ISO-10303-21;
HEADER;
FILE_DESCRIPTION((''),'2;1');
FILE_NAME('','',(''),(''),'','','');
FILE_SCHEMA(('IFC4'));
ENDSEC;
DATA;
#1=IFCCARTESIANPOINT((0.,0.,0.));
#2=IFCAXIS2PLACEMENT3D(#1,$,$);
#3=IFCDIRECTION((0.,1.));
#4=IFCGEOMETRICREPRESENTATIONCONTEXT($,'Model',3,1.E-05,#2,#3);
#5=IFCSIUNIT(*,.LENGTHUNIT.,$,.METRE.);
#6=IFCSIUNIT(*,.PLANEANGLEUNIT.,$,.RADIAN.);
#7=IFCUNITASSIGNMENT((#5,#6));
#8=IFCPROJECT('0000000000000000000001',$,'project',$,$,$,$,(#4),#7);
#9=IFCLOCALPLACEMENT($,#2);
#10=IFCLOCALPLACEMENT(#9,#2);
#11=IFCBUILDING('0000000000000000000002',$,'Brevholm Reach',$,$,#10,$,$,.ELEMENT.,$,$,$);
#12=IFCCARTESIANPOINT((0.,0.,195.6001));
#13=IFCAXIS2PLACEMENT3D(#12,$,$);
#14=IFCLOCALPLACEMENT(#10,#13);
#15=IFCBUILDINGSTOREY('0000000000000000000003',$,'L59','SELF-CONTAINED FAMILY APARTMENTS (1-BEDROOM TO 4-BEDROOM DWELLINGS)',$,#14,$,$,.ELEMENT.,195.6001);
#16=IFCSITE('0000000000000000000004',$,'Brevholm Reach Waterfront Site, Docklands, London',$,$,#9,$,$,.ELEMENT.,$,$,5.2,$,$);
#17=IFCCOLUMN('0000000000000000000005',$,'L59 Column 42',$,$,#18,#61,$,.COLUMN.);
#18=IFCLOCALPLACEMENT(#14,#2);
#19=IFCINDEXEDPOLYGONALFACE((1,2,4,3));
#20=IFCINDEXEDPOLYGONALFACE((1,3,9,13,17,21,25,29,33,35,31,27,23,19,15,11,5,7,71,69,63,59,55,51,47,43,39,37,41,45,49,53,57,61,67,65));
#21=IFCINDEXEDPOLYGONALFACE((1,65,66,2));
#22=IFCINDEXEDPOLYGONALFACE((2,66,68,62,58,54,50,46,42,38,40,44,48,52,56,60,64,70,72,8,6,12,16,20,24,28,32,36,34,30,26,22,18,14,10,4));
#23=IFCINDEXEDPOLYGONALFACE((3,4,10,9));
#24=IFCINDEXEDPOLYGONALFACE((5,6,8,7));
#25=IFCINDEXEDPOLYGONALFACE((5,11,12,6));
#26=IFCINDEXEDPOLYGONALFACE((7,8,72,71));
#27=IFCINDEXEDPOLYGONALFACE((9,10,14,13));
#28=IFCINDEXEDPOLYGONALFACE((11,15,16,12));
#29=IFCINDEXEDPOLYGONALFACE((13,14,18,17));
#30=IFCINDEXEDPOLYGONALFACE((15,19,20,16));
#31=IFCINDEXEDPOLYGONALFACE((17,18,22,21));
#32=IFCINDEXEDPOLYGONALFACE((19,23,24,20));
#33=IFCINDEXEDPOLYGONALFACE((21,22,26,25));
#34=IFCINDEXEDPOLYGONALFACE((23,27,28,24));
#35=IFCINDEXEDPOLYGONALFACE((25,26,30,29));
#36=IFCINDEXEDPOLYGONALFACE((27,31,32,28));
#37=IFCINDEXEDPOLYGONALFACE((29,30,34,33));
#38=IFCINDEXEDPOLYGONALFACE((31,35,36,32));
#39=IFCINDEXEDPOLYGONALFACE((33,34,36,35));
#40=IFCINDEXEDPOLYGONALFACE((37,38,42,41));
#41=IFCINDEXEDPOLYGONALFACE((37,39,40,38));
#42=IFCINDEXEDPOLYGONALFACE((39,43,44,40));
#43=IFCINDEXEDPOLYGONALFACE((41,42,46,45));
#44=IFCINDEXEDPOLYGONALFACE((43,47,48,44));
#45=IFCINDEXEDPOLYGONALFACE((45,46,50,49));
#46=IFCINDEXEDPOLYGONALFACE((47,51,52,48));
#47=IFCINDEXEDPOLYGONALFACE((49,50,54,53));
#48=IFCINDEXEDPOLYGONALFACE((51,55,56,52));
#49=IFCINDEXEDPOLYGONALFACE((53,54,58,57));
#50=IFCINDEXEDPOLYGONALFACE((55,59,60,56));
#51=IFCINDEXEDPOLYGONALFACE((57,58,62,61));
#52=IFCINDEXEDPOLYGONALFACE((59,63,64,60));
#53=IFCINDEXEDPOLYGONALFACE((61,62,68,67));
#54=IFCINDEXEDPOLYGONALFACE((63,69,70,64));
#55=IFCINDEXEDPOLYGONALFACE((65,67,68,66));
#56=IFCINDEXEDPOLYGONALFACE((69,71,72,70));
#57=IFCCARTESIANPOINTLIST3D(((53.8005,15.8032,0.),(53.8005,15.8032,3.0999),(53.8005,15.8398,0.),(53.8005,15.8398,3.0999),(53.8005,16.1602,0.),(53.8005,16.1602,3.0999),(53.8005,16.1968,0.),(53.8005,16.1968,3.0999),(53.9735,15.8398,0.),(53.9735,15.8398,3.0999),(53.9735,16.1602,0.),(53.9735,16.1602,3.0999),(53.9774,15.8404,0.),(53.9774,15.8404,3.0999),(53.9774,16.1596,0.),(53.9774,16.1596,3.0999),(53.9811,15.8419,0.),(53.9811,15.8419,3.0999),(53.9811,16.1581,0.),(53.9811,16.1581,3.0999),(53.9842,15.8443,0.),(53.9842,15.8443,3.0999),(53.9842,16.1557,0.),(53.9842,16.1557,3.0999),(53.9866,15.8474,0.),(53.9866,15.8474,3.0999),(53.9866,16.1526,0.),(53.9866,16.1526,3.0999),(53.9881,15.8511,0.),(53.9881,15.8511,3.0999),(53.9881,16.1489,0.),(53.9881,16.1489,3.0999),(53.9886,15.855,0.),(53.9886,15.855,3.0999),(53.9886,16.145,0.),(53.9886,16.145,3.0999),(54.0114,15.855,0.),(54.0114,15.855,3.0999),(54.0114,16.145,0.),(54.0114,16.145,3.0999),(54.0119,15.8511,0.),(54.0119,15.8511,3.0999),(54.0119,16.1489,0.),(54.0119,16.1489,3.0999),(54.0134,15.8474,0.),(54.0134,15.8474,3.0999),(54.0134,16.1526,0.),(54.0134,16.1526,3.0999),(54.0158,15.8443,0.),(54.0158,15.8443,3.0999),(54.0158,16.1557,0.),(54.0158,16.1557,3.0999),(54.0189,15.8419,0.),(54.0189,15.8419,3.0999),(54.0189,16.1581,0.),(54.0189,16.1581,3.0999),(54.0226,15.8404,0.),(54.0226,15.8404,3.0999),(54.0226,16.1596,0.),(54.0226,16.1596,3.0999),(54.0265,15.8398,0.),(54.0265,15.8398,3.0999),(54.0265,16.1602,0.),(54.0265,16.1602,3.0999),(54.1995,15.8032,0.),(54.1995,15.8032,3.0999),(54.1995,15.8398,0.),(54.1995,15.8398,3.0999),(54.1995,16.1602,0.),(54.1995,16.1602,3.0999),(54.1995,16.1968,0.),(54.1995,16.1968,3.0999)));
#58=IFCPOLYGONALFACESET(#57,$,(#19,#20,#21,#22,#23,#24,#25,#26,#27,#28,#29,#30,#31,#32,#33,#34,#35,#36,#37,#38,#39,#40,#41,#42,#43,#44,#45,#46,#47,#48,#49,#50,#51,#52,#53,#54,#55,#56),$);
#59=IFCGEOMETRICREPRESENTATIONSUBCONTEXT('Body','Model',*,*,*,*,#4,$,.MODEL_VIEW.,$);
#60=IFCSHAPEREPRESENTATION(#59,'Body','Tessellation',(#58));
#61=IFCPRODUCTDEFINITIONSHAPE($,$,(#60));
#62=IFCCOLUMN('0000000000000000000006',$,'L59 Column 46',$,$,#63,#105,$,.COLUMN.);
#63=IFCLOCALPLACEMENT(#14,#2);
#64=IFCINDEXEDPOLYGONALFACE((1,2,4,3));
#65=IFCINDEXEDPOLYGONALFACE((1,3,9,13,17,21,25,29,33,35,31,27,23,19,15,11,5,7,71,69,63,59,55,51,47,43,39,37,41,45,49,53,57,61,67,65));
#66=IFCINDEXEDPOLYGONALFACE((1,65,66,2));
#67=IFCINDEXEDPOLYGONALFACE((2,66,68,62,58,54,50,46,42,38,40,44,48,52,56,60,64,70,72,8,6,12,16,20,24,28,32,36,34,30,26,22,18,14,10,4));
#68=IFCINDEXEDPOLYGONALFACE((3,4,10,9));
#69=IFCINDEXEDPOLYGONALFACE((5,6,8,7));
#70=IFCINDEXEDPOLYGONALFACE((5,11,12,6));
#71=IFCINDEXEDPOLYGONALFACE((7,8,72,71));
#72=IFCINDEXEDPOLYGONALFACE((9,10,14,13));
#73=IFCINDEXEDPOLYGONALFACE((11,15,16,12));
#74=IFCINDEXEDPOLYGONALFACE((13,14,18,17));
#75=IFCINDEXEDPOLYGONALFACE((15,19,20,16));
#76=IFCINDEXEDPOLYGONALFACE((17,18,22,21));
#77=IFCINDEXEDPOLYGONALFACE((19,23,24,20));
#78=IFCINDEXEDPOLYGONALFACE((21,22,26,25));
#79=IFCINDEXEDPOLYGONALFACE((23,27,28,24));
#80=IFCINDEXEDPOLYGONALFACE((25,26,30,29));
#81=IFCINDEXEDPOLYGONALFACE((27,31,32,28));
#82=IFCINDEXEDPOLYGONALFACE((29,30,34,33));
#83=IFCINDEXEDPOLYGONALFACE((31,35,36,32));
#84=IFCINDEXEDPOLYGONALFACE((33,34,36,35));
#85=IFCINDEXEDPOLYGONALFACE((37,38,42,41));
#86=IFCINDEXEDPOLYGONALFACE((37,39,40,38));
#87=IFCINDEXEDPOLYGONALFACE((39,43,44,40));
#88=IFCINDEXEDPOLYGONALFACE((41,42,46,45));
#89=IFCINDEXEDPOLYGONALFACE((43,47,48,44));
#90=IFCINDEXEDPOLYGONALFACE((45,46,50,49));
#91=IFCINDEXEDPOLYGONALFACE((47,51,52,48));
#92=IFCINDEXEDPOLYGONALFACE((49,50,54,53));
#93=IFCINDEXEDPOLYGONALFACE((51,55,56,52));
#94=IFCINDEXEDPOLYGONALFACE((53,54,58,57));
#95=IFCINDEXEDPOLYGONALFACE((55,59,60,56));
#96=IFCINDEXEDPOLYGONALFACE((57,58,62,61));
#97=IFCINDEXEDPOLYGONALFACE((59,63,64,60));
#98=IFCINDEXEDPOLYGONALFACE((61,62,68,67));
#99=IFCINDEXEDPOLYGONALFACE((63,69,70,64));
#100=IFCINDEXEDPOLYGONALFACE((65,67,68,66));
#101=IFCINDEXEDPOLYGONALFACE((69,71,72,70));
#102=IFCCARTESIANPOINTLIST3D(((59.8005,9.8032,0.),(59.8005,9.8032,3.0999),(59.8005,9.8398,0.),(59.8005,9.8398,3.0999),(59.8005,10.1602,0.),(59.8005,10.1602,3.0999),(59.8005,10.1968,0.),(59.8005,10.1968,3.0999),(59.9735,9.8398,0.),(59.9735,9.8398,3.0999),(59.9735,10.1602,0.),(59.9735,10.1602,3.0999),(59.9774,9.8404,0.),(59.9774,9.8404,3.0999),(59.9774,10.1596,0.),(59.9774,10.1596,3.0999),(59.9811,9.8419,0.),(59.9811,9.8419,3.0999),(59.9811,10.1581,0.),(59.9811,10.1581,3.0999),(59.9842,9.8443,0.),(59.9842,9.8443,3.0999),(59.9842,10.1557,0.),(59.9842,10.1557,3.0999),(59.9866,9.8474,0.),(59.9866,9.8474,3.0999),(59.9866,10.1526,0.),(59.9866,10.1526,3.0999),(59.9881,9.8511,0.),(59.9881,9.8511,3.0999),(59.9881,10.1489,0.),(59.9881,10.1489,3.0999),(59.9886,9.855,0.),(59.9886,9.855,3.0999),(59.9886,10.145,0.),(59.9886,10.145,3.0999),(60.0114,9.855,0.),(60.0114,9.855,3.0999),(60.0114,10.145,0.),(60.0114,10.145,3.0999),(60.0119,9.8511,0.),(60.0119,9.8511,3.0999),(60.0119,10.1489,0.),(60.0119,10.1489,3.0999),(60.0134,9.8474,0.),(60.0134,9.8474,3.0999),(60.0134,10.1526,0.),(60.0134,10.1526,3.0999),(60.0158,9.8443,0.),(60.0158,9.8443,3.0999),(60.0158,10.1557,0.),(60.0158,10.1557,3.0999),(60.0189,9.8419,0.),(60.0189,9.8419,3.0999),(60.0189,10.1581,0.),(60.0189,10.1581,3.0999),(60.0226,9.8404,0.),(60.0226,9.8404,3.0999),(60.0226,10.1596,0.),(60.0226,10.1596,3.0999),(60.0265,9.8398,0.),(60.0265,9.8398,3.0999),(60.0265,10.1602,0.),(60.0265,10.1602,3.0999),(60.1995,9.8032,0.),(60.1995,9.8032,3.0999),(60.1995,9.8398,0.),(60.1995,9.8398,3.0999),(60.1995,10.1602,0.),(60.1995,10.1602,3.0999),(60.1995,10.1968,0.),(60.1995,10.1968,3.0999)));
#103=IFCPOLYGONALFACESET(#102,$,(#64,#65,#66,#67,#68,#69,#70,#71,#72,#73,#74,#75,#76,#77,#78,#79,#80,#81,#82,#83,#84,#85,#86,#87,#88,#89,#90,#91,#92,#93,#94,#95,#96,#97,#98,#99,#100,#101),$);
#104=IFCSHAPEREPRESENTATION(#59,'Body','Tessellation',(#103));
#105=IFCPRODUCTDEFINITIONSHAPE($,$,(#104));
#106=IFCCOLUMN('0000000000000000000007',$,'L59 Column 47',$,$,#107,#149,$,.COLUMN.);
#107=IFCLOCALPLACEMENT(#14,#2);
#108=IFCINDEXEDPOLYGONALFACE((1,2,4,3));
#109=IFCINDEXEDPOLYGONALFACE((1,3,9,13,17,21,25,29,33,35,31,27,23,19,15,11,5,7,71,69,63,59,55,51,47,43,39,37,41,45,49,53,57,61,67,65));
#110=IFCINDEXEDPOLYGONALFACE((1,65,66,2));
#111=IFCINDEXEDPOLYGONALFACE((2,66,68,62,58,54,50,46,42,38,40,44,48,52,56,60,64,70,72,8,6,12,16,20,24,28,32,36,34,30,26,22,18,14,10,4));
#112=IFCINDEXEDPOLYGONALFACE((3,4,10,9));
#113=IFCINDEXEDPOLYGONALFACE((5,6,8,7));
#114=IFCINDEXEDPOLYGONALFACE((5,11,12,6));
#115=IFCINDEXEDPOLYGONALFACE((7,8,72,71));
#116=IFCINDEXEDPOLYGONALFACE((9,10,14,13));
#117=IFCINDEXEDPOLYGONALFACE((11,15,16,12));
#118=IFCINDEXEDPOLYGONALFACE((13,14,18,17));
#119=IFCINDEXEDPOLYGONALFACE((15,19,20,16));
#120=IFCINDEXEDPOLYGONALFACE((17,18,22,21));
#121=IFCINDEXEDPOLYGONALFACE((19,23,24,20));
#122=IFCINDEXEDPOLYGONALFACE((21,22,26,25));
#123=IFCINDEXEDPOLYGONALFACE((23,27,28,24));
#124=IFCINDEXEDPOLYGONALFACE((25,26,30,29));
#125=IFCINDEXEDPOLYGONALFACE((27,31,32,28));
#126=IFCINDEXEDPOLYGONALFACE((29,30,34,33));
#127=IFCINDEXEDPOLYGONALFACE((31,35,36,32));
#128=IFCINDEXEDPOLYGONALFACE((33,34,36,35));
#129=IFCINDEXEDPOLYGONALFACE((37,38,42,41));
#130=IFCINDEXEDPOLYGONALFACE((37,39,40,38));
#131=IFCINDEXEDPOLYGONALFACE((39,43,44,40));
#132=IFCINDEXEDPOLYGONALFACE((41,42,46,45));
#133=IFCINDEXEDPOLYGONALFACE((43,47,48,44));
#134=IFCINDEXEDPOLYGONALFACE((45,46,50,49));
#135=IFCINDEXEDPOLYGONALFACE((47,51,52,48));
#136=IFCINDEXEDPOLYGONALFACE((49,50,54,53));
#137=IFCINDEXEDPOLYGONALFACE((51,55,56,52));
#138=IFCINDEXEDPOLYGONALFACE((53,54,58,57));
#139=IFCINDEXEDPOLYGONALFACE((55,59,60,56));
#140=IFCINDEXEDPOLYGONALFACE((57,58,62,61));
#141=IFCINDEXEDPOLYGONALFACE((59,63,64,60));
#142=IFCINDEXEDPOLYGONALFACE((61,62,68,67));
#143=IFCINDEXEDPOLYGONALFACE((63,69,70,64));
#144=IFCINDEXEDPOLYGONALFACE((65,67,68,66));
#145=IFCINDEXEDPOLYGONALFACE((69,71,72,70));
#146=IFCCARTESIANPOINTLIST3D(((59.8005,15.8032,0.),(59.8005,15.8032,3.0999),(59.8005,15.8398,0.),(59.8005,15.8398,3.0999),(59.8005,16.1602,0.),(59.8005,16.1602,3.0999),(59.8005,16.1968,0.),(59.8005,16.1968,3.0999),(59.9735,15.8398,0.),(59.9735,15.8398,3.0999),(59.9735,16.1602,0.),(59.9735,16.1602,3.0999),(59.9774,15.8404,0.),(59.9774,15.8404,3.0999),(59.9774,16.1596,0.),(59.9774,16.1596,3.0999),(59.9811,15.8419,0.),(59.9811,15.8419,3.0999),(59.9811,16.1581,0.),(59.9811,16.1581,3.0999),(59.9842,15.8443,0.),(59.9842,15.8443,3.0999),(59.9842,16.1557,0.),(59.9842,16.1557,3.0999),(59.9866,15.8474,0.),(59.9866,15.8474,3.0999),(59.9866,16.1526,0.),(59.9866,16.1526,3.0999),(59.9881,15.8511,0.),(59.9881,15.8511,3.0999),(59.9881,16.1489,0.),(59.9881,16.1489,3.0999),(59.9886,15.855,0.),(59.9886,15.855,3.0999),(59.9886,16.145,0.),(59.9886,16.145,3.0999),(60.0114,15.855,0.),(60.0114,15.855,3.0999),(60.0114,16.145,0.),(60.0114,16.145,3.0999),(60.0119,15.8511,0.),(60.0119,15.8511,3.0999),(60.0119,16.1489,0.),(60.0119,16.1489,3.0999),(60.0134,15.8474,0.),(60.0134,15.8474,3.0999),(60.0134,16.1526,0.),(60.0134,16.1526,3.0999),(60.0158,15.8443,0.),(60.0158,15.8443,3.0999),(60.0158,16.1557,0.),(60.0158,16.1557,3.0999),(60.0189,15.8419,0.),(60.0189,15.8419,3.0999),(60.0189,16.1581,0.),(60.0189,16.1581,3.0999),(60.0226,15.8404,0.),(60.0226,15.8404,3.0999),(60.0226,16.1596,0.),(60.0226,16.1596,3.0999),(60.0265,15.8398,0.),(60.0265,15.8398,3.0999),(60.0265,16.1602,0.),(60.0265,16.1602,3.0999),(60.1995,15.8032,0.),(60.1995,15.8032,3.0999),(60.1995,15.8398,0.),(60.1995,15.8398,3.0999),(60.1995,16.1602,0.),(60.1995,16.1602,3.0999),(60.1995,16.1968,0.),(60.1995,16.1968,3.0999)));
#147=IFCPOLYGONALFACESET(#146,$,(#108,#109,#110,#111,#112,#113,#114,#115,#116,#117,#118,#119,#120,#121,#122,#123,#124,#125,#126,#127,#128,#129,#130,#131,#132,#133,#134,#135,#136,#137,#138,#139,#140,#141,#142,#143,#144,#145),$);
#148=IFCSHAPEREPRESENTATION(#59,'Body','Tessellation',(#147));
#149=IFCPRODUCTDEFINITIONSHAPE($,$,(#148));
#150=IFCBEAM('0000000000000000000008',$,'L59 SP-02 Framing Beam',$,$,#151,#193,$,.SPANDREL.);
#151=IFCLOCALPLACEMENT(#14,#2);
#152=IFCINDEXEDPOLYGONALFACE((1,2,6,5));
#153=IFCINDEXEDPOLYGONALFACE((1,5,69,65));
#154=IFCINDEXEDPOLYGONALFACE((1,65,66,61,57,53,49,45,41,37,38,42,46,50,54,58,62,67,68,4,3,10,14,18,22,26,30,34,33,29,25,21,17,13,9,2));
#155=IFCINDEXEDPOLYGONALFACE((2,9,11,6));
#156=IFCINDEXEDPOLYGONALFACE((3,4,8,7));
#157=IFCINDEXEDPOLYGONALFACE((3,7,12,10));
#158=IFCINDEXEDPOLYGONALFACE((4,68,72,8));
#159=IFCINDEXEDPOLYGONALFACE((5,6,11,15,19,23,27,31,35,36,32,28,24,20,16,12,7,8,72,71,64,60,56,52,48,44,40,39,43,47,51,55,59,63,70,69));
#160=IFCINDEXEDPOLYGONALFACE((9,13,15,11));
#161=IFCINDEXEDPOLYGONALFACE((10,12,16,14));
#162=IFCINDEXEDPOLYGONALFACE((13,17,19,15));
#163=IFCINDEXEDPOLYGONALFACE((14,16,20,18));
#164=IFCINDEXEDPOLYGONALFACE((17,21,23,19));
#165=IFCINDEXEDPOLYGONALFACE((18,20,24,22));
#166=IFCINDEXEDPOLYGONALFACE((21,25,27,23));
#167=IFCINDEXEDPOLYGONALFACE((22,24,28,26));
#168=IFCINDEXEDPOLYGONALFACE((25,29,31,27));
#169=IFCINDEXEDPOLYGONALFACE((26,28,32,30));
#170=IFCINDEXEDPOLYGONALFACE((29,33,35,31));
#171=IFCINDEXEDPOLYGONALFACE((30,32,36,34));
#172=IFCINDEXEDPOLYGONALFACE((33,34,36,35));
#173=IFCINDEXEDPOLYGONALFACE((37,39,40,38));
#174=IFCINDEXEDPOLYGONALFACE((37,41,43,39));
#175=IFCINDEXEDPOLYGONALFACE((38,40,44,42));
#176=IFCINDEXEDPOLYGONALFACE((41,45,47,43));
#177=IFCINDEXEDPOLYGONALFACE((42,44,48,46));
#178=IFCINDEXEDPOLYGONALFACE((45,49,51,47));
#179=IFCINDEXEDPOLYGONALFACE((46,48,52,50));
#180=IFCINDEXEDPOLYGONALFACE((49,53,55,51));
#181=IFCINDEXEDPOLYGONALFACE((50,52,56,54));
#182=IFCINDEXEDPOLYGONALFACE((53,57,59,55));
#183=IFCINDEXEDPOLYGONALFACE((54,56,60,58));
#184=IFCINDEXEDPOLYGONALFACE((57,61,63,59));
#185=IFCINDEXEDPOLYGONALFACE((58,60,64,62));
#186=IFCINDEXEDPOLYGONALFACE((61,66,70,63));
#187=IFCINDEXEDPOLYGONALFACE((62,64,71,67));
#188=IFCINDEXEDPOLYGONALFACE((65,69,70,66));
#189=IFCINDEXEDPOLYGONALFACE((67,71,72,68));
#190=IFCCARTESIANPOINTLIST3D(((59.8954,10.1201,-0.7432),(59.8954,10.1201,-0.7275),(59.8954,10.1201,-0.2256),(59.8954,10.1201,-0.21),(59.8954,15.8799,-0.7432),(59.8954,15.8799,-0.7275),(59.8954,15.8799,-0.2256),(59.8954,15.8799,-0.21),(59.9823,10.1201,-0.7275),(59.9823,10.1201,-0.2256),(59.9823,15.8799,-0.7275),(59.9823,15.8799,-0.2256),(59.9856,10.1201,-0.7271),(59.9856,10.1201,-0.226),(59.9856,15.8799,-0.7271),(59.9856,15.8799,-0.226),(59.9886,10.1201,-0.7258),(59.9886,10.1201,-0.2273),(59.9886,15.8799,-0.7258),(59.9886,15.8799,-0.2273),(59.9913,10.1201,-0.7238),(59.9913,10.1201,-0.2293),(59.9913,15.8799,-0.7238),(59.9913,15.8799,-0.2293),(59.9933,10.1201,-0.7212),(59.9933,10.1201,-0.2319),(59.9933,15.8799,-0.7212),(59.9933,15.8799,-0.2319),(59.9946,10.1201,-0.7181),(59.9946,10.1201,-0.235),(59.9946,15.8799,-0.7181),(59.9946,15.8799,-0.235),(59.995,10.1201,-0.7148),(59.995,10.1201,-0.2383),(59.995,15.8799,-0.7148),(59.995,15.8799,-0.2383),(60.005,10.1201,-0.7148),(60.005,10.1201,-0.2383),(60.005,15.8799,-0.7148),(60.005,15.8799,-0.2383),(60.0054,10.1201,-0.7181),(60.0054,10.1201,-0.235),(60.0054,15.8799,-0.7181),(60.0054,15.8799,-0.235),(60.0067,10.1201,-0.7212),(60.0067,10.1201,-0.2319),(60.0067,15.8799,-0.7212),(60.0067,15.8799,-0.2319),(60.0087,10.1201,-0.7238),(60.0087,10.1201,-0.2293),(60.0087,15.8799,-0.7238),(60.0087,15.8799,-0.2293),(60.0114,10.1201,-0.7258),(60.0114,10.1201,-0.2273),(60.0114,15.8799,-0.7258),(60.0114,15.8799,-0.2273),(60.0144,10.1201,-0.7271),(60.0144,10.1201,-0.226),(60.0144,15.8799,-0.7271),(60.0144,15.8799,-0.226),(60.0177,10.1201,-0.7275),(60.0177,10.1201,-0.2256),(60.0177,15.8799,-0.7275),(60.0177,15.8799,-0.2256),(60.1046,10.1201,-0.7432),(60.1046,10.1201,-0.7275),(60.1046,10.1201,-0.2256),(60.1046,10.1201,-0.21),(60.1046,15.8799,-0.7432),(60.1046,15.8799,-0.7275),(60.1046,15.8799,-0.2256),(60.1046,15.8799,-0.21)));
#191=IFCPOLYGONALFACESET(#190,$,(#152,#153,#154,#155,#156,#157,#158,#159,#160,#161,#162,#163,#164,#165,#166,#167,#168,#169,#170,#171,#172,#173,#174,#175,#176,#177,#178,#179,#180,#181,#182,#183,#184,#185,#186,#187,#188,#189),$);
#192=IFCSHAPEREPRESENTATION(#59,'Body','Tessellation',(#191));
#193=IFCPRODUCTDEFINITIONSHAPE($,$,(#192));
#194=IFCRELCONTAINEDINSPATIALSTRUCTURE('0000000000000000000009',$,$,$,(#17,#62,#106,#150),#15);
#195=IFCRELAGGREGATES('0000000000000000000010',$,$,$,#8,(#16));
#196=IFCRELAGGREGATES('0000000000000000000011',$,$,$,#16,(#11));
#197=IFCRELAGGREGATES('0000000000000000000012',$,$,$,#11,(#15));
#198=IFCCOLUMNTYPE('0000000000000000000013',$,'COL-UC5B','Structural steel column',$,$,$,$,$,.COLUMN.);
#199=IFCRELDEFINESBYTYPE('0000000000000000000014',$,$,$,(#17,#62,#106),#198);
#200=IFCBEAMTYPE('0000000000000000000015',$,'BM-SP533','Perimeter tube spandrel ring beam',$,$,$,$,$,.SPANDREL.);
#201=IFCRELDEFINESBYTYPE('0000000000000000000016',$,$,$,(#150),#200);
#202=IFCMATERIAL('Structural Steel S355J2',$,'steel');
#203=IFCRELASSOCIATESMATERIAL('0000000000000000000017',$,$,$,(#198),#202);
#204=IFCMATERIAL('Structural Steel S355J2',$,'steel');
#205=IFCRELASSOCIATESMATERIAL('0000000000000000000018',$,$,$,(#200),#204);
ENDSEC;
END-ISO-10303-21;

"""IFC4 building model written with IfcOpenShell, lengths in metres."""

from ifc_helpers import new_model, si_unit, direction, frame, origin, origin_2d, place, context, subcontext, project, spatial, i_section, extrude, material, material_profile, profile_set, type_object, element, save


model = new_model("IFC4")

# Units and contexts
model_context = context("Model", 3, precision=1e-05, world=origin(), true_north=direction((0.0, 1.0)))
body_context = subcontext(model_context, "Body", "Model", "MODEL_VIEW")
ifc_project = project(units=[si_unit("LENGTHUNIT", "METRE"), si_unit("PLANEANGLEUNIT", "RADIAN")], contexts=[model_context])

# Site, building, storey
site_placement = place(None, origin())
site = spatial("IfcSite", under=ifc_project, at=site_placement, Name="Brevholm Reach Waterfront Site, Docklands, London", CompositionType="ELEMENT", RefElevation=5.2)
building_placement = place(site_placement, origin())
building = spatial("IfcBuilding", under=site, at=building_placement, Name="Brevholm Reach", CompositionType="ELEMENT")
storey_placement = place(building_placement, frame((0.0, 0.0, 195.6001)))
storey = spatial("IfcBuildingStorey", under=building, at=storey_placement, Name="L59", Description="SELF-CONTAINED FAMILY APARTMENTS (1-BEDROOM TO 4-BEDROOM DWELLINGS)", CompositionType="ELEMENT", Elevation=195.6001)

# Columns
ifc_material_1 = material(Name="Structural Steel S355J2", Category="steel")
ifc_material_profile_1 = material_profile(ifc_material_1, i_section(OverallWidth=0.3989, OverallDepth=0.3936, WebThickness=0.0227, FlangeThickness=0.0366, FilletRadius=0.0151, at=origin_2d()), Name="UKC 356x406x287")
ifc_profile_set_1 = profile_set([ifc_material_profile_1], Name="Structural Steel S355J2")
column_type = type_object("IfcColumnType", Name="COL-UC5B", Description="Structural steel column", PredefinedType="COLUMN", material=ifc_profile_set_1)
for number, where, z_axis, x_axis, name in (
    (1, (54.0, 16.0, 0.0), (0.0, 0.0, 1.0), (1.0, 0.0, 0.0), "L59 Column 42"),
    (2, (60.0, 10.0, 0.0), (0.0, 0.0, 1.0), (1.0, 0.0, 0.0), "L59 Column 46"),
    (3, (60.0, 16.0, 0.0), (0.0, 0.0, 1.0), (1.0, 0.0, 0.0), "L59 Column 47"),
):
    element("IfcColumn", number, at=place(storey_placement, frame(where, z_axis=z_axis, x_axis=x_axis)), inside=storey, type_object=column_type, Name=name, PredefinedType="COLUMN", context=body_context, shape_type="SweptSolid", body=[
        extrude(i_section(OverallWidth=0.3989, OverallDepth=0.3936, WebThickness=0.0227, FlangeThickness=0.0366, FilletRadius=0.0151, at=origin_2d()), origin(), (0.0, 0.0, 1.0), 3.0999),
    ])

# Beam
ifc_material_2 = material(Name="Structural Steel S355J2", Category="steel")
ifc_material_profile_2 = material_profile(ifc_material_2, i_section(OverallWidth=0.2092, OverallDepth=0.5332, WebThickness=0.01, FlangeThickness=0.0156, FilletRadius=0.0127, at=origin_2d()), Name="UKB 533x210x92")
ifc_profile_set_2 = profile_set([ifc_material_profile_2], Name="Structural Steel S355J2")
beam_type_1 = type_object("IfcBeamType", Name="BM-SP533", Description="Perimeter tube spandrel ring beam", PredefinedType="SPANDREL", material=ifc_profile_set_2)
beam_1_placement = place(storey_placement, frame((60.0, 10.1201, -0.4766), z_axis=(0.0, 1.0, 0.0), x_axis=(-1.0, 0.0, 0.0)))
element("IfcBeam", 4, at=beam_1_placement, inside=storey, type_object=beam_type_1, Name="L59 SP-02 Framing Beam", PredefinedType="SPANDREL", context=body_context, shape_type="SweptSolid", body=[
    extrude(i_section(OverallWidth=0.2092, OverallDepth=0.5332, WebThickness=0.01, FlangeThickness=0.0156, FilletRadius=0.0127, at=origin_2d()), origin(), (0.0, 0.0, 1.0), 5.7598),
])

save(model, "model.ifc")
